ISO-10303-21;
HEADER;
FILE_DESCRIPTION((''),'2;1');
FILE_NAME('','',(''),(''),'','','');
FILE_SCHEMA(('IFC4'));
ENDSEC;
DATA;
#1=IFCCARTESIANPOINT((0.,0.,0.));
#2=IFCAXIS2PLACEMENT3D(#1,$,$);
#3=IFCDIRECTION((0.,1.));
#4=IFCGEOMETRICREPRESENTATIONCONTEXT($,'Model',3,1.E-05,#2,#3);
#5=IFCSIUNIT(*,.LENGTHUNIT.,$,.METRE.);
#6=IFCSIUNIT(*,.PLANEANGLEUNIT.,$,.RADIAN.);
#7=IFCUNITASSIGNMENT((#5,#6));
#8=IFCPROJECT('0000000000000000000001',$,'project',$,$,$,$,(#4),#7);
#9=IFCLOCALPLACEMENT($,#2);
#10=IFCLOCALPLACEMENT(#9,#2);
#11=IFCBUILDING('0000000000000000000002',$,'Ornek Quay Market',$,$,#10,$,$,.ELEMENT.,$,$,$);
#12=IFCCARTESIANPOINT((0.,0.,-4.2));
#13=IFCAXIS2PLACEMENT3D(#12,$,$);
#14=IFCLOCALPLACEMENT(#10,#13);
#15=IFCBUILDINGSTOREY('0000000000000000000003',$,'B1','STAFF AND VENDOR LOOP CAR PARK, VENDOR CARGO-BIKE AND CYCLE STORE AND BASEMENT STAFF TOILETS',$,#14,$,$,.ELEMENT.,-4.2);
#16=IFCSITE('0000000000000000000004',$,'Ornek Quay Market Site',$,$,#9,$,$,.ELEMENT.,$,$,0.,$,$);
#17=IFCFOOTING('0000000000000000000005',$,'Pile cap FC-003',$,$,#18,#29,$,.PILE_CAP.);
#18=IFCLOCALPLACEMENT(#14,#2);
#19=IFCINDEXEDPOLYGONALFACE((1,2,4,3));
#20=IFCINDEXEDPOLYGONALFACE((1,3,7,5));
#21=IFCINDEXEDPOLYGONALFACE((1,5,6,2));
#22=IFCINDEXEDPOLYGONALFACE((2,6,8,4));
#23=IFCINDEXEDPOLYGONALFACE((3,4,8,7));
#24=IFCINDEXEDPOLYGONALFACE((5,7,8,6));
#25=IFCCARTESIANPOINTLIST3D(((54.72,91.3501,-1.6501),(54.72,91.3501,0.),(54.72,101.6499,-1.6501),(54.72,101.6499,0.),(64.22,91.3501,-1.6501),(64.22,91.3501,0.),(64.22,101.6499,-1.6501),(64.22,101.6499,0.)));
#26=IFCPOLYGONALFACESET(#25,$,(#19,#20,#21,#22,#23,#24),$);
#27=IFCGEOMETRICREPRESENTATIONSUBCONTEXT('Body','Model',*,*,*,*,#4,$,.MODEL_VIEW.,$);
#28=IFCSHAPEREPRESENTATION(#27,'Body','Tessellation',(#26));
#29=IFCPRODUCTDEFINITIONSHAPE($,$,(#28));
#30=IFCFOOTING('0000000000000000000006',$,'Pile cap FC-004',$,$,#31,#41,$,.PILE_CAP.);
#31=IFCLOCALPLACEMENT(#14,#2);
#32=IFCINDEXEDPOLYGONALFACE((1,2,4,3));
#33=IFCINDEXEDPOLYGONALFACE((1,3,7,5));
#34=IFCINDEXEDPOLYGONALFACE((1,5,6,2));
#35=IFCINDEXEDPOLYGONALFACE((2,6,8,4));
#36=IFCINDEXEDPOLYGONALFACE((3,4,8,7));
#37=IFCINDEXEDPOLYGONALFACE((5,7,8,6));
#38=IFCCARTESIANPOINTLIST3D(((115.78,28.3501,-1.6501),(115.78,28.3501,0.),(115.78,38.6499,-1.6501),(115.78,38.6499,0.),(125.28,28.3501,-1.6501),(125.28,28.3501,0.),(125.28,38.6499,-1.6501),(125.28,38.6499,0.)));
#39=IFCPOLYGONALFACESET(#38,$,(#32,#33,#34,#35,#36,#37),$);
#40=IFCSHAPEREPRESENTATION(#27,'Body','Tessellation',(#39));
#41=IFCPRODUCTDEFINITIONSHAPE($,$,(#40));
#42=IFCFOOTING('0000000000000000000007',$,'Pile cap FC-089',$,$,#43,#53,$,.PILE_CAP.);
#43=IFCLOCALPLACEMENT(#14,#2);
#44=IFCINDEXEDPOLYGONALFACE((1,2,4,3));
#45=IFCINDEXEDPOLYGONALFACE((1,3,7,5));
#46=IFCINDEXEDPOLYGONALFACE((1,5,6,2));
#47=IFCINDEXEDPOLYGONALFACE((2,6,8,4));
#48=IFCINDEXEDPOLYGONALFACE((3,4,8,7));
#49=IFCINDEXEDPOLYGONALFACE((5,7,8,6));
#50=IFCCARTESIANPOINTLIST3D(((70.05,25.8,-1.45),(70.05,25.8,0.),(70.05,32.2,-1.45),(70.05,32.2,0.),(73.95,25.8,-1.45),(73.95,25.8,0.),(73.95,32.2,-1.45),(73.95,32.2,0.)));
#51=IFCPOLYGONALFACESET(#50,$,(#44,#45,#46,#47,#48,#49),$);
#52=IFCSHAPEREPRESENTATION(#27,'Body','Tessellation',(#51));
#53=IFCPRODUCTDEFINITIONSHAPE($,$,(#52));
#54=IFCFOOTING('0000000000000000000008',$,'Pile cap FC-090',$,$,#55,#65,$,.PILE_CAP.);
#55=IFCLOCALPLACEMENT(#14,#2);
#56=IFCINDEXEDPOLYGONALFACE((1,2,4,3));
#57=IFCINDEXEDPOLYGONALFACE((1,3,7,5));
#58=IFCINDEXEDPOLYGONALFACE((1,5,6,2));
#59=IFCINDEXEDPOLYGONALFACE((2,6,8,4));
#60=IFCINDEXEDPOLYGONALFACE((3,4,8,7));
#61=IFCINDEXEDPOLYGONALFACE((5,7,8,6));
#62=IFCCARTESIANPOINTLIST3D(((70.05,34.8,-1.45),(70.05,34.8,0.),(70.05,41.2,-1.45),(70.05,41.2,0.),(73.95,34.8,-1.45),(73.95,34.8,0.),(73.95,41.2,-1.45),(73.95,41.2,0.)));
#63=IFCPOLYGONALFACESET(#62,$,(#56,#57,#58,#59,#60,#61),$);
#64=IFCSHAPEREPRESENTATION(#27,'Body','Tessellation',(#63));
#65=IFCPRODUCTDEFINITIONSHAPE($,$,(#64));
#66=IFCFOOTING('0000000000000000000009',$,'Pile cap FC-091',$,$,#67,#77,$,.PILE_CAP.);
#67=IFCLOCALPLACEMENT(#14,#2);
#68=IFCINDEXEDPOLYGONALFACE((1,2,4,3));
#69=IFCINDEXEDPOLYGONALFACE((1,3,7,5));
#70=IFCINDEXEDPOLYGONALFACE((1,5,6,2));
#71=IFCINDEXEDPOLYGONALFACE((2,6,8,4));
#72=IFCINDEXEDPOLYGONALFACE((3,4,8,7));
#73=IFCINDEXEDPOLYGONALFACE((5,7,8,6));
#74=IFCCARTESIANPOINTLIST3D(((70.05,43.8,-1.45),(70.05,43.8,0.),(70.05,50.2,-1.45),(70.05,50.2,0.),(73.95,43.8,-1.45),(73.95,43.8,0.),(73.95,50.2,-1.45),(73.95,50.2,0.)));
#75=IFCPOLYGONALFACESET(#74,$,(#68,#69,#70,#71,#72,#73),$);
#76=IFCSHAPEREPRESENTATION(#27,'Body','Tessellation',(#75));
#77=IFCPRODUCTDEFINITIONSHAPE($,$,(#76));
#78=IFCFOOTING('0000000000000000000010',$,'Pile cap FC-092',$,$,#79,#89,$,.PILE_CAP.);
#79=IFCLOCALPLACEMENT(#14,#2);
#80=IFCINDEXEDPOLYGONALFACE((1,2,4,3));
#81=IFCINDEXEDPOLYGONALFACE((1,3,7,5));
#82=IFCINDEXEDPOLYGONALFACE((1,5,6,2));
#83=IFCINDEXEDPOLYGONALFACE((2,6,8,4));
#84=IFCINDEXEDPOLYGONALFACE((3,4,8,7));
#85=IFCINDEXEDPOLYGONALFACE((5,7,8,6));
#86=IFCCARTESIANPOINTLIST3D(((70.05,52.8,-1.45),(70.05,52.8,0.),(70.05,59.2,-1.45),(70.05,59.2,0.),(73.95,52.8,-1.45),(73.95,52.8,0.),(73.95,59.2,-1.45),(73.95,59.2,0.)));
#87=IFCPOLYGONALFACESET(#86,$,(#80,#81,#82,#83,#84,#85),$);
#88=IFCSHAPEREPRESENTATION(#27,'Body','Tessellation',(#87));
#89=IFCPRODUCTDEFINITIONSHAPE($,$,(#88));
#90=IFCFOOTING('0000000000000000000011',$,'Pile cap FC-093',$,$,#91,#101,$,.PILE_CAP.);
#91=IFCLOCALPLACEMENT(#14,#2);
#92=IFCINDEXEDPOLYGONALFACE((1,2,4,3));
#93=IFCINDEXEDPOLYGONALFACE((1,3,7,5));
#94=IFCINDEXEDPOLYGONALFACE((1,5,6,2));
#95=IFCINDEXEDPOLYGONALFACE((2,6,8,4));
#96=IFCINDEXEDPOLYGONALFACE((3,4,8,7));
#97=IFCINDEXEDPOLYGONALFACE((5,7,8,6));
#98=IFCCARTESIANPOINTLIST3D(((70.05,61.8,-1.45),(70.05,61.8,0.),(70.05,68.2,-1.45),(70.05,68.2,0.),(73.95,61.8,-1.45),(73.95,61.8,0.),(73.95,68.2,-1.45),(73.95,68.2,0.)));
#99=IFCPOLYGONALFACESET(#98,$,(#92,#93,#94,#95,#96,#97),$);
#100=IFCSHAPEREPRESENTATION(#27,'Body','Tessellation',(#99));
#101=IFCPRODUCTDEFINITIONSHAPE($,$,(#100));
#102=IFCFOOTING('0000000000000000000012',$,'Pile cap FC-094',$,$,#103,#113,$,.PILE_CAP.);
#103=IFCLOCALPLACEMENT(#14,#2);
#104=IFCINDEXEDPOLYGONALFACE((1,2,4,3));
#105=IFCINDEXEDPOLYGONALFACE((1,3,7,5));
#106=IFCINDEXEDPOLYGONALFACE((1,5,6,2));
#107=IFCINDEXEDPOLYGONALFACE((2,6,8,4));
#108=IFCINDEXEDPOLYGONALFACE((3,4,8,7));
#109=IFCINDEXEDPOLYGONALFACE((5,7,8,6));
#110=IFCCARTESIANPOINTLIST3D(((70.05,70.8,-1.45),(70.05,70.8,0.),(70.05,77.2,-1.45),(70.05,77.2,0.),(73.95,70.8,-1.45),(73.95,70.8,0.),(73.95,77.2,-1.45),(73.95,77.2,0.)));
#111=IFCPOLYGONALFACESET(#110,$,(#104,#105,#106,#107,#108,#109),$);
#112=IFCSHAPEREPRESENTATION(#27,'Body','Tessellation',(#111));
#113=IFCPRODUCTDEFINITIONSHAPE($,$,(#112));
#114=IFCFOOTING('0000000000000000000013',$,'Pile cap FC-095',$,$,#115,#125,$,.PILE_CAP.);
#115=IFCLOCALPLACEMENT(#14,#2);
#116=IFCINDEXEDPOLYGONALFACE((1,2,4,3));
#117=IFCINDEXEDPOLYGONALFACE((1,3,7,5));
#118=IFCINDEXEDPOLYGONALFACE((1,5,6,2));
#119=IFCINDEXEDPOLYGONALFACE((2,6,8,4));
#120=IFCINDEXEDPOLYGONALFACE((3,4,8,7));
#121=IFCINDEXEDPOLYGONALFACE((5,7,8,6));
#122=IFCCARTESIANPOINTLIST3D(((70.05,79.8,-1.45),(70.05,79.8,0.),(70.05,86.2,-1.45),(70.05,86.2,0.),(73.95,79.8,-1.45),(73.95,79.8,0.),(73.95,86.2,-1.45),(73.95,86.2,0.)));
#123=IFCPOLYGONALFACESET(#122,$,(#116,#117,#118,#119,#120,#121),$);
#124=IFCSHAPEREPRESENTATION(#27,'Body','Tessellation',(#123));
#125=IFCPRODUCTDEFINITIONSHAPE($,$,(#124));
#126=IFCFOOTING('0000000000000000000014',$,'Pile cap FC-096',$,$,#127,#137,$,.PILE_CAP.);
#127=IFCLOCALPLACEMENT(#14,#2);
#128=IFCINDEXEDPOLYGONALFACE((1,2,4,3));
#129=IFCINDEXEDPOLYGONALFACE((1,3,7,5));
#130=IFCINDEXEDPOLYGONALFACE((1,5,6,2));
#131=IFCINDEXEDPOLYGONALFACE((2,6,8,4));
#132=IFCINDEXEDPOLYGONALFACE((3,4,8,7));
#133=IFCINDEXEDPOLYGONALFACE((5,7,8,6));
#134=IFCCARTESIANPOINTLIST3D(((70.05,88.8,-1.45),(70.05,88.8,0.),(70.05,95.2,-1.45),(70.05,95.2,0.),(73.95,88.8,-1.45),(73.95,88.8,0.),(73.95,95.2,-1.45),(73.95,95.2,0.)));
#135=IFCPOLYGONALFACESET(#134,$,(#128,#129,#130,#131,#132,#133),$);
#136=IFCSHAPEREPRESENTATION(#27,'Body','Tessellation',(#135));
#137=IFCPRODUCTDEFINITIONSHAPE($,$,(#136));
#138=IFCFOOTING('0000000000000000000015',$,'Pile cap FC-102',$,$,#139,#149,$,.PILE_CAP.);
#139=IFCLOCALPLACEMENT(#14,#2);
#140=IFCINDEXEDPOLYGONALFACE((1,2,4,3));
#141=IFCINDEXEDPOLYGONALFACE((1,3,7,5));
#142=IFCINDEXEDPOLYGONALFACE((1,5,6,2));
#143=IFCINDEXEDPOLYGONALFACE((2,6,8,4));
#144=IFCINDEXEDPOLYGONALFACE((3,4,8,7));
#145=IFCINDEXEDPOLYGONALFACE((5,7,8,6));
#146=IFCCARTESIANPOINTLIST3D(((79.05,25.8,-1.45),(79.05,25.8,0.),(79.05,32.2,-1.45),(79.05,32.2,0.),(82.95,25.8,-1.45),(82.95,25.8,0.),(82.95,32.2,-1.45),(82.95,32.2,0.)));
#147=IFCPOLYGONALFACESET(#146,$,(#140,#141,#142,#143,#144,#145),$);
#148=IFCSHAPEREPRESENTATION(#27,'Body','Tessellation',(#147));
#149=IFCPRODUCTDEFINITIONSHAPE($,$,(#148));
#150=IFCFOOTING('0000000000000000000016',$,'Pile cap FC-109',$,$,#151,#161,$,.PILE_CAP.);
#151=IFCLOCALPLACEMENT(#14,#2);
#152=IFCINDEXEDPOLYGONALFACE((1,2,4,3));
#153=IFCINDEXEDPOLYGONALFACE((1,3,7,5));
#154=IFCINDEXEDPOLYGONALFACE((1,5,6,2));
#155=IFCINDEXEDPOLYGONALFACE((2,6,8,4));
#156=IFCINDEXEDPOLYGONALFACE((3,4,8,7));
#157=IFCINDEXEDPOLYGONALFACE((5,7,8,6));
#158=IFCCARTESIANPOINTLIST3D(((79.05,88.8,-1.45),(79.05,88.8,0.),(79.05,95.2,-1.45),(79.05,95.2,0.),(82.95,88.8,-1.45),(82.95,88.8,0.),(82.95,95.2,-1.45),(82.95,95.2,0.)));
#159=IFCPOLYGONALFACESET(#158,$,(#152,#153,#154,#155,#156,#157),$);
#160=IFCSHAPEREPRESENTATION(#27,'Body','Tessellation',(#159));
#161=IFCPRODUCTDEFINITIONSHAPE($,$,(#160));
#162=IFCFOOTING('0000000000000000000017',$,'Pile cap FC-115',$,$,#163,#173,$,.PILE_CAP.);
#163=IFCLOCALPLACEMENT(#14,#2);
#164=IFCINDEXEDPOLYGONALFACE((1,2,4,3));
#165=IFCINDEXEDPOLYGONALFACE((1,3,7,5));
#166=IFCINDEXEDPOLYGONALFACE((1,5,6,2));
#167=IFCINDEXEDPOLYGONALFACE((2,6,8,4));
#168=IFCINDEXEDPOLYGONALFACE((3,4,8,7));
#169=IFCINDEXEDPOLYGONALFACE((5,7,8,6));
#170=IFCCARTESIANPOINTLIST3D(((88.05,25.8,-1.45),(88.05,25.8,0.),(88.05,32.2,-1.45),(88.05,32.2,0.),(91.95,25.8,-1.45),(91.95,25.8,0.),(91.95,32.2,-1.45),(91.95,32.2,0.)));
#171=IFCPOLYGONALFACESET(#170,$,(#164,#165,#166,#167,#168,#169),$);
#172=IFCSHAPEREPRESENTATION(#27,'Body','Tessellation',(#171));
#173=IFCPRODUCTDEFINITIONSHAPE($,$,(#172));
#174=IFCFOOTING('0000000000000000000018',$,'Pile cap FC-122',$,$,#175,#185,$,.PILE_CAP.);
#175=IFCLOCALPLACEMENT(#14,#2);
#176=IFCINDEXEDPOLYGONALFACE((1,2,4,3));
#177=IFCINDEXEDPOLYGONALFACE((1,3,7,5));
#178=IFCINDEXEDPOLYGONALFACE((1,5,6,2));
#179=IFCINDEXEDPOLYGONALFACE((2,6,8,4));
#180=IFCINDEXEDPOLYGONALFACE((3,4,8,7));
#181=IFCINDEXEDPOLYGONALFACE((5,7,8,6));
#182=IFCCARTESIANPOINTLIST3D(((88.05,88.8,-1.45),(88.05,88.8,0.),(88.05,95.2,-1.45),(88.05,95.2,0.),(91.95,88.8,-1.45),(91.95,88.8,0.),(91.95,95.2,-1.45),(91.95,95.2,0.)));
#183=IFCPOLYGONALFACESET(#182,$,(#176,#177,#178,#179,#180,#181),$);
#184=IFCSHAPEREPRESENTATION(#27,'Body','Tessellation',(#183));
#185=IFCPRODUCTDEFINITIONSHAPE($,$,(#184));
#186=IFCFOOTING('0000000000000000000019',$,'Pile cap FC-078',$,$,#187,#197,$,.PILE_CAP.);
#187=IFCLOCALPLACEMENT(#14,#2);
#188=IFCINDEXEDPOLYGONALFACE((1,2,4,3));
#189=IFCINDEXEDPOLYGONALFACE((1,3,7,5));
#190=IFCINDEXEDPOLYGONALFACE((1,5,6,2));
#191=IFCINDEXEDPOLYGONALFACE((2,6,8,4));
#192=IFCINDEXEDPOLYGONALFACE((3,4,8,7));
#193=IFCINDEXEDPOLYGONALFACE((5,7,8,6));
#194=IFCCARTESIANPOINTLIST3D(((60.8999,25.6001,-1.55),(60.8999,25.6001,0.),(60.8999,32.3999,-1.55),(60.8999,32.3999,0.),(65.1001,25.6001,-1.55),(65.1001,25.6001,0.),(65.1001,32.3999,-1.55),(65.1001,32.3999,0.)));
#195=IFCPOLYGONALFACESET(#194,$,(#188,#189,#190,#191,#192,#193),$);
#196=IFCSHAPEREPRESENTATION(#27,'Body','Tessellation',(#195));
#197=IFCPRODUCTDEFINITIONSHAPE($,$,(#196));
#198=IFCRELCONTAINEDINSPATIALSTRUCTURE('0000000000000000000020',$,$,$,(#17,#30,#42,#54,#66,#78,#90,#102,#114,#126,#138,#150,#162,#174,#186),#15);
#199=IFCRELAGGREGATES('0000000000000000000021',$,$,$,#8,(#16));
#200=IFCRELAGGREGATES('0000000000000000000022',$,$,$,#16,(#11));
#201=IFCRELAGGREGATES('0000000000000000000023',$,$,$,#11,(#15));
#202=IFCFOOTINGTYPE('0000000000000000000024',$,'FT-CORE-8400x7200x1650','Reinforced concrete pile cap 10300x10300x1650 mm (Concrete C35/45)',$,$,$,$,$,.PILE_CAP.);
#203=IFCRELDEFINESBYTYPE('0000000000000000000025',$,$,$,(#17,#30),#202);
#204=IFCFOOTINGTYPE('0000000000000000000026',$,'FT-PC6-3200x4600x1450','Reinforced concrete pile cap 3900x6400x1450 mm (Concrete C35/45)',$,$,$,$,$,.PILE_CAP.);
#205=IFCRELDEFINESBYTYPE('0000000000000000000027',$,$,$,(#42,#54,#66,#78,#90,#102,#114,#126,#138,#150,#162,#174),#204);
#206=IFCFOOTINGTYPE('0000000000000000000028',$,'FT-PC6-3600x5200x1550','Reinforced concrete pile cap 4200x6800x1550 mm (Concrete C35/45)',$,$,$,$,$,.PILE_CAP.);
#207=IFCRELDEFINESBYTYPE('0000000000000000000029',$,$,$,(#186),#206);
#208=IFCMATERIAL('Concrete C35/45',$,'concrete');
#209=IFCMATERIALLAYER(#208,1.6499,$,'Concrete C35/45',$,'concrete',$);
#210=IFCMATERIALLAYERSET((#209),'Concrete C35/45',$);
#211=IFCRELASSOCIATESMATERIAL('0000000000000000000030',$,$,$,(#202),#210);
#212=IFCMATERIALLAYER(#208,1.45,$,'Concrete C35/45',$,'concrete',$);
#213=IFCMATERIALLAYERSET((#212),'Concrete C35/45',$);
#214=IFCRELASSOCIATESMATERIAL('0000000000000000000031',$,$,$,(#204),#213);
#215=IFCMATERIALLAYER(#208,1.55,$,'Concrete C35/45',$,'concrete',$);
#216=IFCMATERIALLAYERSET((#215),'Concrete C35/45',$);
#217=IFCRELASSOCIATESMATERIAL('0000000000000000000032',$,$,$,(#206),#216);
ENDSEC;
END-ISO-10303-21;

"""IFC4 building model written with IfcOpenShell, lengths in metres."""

from ifc_helpers import new_model, si_unit, direction, frame, origin, place, context, subcontext, project, spatial, polyline, outline, extrude, material, layer, layer_set, type_object, element, save


model = new_model("IFC4")

# Units and contexts
model_context = context("Model", 3, precision=1e-05, world=origin(), true_north=direction((0.0, 1.0)))
body_context = subcontext(model_context, "Body", "Model", "MODEL_VIEW")
ifc_project = project(units=[si_unit("LENGTHUNIT", "METRE"), si_unit("PLANEANGLEUNIT", "RADIAN")], contexts=[model_context])

# Site, building, storey
site_placement = place(None, origin())
site = spatial("IfcSite", under=ifc_project, at=site_placement, Name="Ornek Quay Market Site", CompositionType="ELEMENT", RefElevation=0.0)
building_placement = place(site_placement, origin())
building = spatial("IfcBuilding", under=site, at=building_placement, Name="Ornek Quay Market", CompositionType="ELEMENT")
storey_placement = place(building_placement, frame((0.0, 0.0, -4.2)))
storey = spatial("IfcBuildingStorey", under=building, at=storey_placement, Name="B1", Description="STAFF AND VENDOR LOOP CAR PARK, VENDOR CARGO-BIKE AND CYCLE STORE AND BASEMENT STAFF TOILETS", CompositionType="ELEMENT", Elevation=-4.2)

# Footings
ifc_material = material(Name="Concrete C35/45", Category="concrete")
ifc_layer_1 = layer(ifc_material, 1.6499, Name="Concrete C35/45", Category="concrete")
ifc_layer_set_1 = layer_set([ifc_layer_1], Name="Concrete C35/45")
footing_type_1 = type_object("IfcFootingType", Name="FT-CORE-8400x7200x1650", Description="Reinforced concrete pile cap 10300x10300x1650 mm (Concrete C35/45)", PredefinedType="PILE_CAP", material=ifc_layer_set_1)
footing_1_placement = place(storey_placement, frame((0.0, 0.0, -1.6501)))
element("IfcFooting", 1, at=footing_1_placement, inside=storey, type_object=footing_type_1, Name="Pile cap FC-003", PredefinedType="PILE_CAP", context=body_context, shape_type="SweptSolid", body=[
    extrude(outline(polyline([(54.72, 91.3501), (64.22, 91.3501), (64.22, 101.6499), (54.72, 101.6499), (54.72, 91.3501)])), origin(), (0.0, 0.0, 1.0), 1.6501),
])
footing_2_placement = place(storey_placement, frame((0.0, 0.0, -1.6501)))
element("IfcFooting", 2, at=footing_2_placement, inside=storey, type_object=footing_type_1, Name="Pile cap FC-004", PredefinedType="PILE_CAP", context=body_context, shape_type="SweptSolid", body=[
    extrude(outline(polyline([(115.78, 28.3501), (125.28, 28.3501), (125.28, 38.6499), (115.78, 38.6499), (115.78, 28.3501)])), origin(), (0.0, 0.0, 1.0), 1.6501),
])
ifc_layer_2 = layer(ifc_material, 1.45, Name="Concrete C35/45", Category="concrete")
ifc_layer_set_2 = layer_set([ifc_layer_2], Name="Concrete C35/45")
footing_type_2 = type_object("IfcFootingType", Name="FT-PC6-3200x4600x1450", Description="Reinforced concrete pile cap 3900x6400x1450 mm (Concrete C35/45)", PredefinedType="PILE_CAP", material=ifc_layer_set_2)
footing_3_placement = place(storey_placement, frame((0.0, 0.0, -1.45)))
element("IfcFooting", 3, at=footing_3_placement, inside=storey, type_object=footing_type_2, Name="Pile cap FC-089", PredefinedType="PILE_CAP", context=body_context, shape_type="SweptSolid", body=[
    extrude(outline(polyline([(70.05, 25.8), (73.95, 25.8), (73.95, 32.2), (70.05, 32.2), (70.05, 25.8)])), origin(), (0.0, 0.0, 1.0), 1.45),
])
footing_4_placement = place(storey_placement, frame((0.0, 0.0, -1.45)))
element("IfcFooting", 4, at=footing_4_placement, inside=storey, type_object=footing_type_2, Name="Pile cap FC-090", PredefinedType="PILE_CAP", context=body_context, shape_type="SweptSolid", body=[
    extrude(outline(polyline([(70.05, 34.8), (73.95, 34.8), (73.95, 41.2), (70.05, 41.2), (70.05, 34.8)])), origin(), (0.0, 0.0, 1.0), 1.45),
])
footing_5_placement = place(storey_placement, frame((0.0, 0.0, -1.45)))
element("IfcFooting", 5, at=footing_5_placement, inside=storey, type_object=footing_type_2, Name="Pile cap FC-091", PredefinedType="PILE_CAP", context=body_context, shape_type="SweptSolid", body=[
    extrude(outline(polyline([(70.05, 43.8), (73.95, 43.8), (73.95, 50.2), (70.05, 50.2), (70.05, 43.8)])), origin(), (0.0, 0.0, 1.0), 1.45),
])
footing_6_placement = place(storey_placement, frame((0.0, 0.0, -1.45)))
element("IfcFooting", 6, at=footing_6_placement, inside=storey, type_object=footing_type_2, Name="Pile cap FC-092", PredefinedType="PILE_CAP", context=body_context, shape_type="SweptSolid", body=[
    extrude(outline(polyline([(70.05, 52.8), (73.95, 52.8), (73.95, 59.2), (70.05, 59.2), (70.05, 52.8)])), origin(), (0.0, 0.0, 1.0), 1.45),
])
footing_7_placement = place(storey_placement, frame((0.0, 0.0, -1.45)))
element("IfcFooting", 7, at=footing_7_placement, inside=storey, type_object=footing_type_2, Name="Pile cap FC-093", PredefinedType="PILE_CAP", context=body_context, shape_type="SweptSolid", body=[
    extrude(outline(polyline([(70.05, 61.8), (73.95, 61.8), (73.95, 68.2), (70.05, 68.2), (70.05, 61.8)])), origin(), (0.0, 0.0, 1.0), 1.45),
])
footing_8_placement = place(storey_placement, frame((0.0, 0.0, -1.45)))
element("IfcFooting", 8, at=footing_8_placement, inside=storey, type_object=footing_type_2, Name="Pile cap FC-094", PredefinedType="PILE_CAP", context=body_context, shape_type="SweptSolid", body=[
    extrude(outline(polyline([(70.05, 70.8), (73.95, 70.8), (73.95, 77.2), (70.05, 77.2), (70.05, 70.8)])), origin(), (0.0, 0.0, 1.0), 1.45),
])
footing_9_placement = place(storey_placement, frame((0.0, 0.0, -1.45)))
element("IfcFooting", 9, at=footing_9_placement, inside=storey, type_object=footing_type_2, Name="Pile cap FC-095", PredefinedType="PILE_CAP", context=body_context, shape_type="SweptSolid", body=[
    extrude(outline(polyline([(70.05, 79.8), (73.95, 79.8), (73.95, 86.2), (70.05, 86.2), (70.05, 79.8)])), origin(), (0.0, 0.0, 1.0), 1.45),
])
footing_10_placement = place(storey_placement, frame((0.0, 0.0, -1.45)))
element("IfcFooting", 10, at=footing_10_placement, inside=storey, type_object=footing_type_2, Name="Pile cap FC-096", PredefinedType="PILE_CAP", context=body_context, shape_type="SweptSolid", body=[
    extrude(outline(polyline([(70.05, 88.8), (73.95, 88.8), (73.95, 95.2), (70.05, 95.2), (70.05, 88.8)])), origin(), (0.0, 0.0, 1.0), 1.45),
])
footing_11_placement = place(storey_placement, frame((0.0, 0.0, -1.45)))
element("IfcFooting", 11, at=footing_11_placement, inside=storey, type_object=footing_type_2, Name="Pile cap FC-102", PredefinedType="PILE_CAP", context=body_context, shape_type="SweptSolid", body=[
    extrude(outline(polyline([(79.05, 25.8), (82.95, 25.8), (82.95, 32.2), (79.05, 32.2), (79.05, 25.8)])), origin(), (0.0, 0.0, 1.0), 1.45),
])
footing_12_placement = place(storey_placement, frame((0.0, 0.0, -1.45)))
element("IfcFooting", 12, at=footing_12_placement, inside=storey, type_object=footing_type_2, Name="Pile cap FC-109", PredefinedType="PILE_CAP", context=body_context, shape_type="SweptSolid", body=[
    extrude(outline(polyline([(79.05, 88.8), (82.95, 88.8), (82.95, 95.2), (79.05, 95.2), (79.05, 88.8)])), origin(), (0.0, 0.0, 1.0), 1.45),
])
footing_13_placement = place(storey_placement, frame((0.0, 0.0, -1.45)))
element("IfcFooting", 13, at=footing_13_placement, inside=storey, type_object=footing_type_2, Name="Pile cap FC-115", PredefinedType="PILE_CAP", context=body_context, shape_type="SweptSolid", body=[
    extrude(outline(polyline([(88.05, 25.8), (91.95, 25.8), (91.95, 32.2), (88.05, 32.2), (88.05, 25.8)])), origin(), (0.0, 0.0, 1.0), 1.45),
])
footing_14_placement = place(storey_placement, frame((0.0, 0.0, -1.45)))
element("IfcFooting", 14, at=footing_14_placement, inside=storey, type_object=footing_type_2, Name="Pile cap FC-122", PredefinedType="PILE_CAP", context=body_context, shape_type="SweptSolid", body=[
    extrude(outline(polyline([(88.05, 88.8), (91.95, 88.8), (91.95, 95.2), (88.05, 95.2), (88.05, 88.8)])), origin(), (0.0, 0.0, 1.0), 1.45),
])
ifc_layer_3 = layer(ifc_material, 1.55, Name="Concrete C35/45", Category="concrete")
ifc_layer_set_3 = layer_set([ifc_layer_3], Name="Concrete C35/45")
footing_type_3 = type_object("IfcFootingType", Name="FT-PC6-3600x5200x1550", Description="Reinforced concrete pile cap 4200x6800x1550 mm (Concrete C35/45)", PredefinedType="PILE_CAP", material=ifc_layer_set_3)
footing_15_placement = place(storey_placement, frame((0.0, 0.0, -1.55)))
element("IfcFooting", 15, at=footing_15_placement, inside=storey, type_object=footing_type_3, Name="Pile cap FC-078", PredefinedType="PILE_CAP", context=body_context, shape_type="SweptSolid", body=[
    extrude(outline(polyline([(60.8999, 25.6001), (65.1001, 25.6001), (65.1001, 32.3999), (60.8999, 32.3999), (60.8999, 25.6001)])), origin(), (0.0, 0.0, 1.0), 1.55),
])

save(model, "model.ifc")
